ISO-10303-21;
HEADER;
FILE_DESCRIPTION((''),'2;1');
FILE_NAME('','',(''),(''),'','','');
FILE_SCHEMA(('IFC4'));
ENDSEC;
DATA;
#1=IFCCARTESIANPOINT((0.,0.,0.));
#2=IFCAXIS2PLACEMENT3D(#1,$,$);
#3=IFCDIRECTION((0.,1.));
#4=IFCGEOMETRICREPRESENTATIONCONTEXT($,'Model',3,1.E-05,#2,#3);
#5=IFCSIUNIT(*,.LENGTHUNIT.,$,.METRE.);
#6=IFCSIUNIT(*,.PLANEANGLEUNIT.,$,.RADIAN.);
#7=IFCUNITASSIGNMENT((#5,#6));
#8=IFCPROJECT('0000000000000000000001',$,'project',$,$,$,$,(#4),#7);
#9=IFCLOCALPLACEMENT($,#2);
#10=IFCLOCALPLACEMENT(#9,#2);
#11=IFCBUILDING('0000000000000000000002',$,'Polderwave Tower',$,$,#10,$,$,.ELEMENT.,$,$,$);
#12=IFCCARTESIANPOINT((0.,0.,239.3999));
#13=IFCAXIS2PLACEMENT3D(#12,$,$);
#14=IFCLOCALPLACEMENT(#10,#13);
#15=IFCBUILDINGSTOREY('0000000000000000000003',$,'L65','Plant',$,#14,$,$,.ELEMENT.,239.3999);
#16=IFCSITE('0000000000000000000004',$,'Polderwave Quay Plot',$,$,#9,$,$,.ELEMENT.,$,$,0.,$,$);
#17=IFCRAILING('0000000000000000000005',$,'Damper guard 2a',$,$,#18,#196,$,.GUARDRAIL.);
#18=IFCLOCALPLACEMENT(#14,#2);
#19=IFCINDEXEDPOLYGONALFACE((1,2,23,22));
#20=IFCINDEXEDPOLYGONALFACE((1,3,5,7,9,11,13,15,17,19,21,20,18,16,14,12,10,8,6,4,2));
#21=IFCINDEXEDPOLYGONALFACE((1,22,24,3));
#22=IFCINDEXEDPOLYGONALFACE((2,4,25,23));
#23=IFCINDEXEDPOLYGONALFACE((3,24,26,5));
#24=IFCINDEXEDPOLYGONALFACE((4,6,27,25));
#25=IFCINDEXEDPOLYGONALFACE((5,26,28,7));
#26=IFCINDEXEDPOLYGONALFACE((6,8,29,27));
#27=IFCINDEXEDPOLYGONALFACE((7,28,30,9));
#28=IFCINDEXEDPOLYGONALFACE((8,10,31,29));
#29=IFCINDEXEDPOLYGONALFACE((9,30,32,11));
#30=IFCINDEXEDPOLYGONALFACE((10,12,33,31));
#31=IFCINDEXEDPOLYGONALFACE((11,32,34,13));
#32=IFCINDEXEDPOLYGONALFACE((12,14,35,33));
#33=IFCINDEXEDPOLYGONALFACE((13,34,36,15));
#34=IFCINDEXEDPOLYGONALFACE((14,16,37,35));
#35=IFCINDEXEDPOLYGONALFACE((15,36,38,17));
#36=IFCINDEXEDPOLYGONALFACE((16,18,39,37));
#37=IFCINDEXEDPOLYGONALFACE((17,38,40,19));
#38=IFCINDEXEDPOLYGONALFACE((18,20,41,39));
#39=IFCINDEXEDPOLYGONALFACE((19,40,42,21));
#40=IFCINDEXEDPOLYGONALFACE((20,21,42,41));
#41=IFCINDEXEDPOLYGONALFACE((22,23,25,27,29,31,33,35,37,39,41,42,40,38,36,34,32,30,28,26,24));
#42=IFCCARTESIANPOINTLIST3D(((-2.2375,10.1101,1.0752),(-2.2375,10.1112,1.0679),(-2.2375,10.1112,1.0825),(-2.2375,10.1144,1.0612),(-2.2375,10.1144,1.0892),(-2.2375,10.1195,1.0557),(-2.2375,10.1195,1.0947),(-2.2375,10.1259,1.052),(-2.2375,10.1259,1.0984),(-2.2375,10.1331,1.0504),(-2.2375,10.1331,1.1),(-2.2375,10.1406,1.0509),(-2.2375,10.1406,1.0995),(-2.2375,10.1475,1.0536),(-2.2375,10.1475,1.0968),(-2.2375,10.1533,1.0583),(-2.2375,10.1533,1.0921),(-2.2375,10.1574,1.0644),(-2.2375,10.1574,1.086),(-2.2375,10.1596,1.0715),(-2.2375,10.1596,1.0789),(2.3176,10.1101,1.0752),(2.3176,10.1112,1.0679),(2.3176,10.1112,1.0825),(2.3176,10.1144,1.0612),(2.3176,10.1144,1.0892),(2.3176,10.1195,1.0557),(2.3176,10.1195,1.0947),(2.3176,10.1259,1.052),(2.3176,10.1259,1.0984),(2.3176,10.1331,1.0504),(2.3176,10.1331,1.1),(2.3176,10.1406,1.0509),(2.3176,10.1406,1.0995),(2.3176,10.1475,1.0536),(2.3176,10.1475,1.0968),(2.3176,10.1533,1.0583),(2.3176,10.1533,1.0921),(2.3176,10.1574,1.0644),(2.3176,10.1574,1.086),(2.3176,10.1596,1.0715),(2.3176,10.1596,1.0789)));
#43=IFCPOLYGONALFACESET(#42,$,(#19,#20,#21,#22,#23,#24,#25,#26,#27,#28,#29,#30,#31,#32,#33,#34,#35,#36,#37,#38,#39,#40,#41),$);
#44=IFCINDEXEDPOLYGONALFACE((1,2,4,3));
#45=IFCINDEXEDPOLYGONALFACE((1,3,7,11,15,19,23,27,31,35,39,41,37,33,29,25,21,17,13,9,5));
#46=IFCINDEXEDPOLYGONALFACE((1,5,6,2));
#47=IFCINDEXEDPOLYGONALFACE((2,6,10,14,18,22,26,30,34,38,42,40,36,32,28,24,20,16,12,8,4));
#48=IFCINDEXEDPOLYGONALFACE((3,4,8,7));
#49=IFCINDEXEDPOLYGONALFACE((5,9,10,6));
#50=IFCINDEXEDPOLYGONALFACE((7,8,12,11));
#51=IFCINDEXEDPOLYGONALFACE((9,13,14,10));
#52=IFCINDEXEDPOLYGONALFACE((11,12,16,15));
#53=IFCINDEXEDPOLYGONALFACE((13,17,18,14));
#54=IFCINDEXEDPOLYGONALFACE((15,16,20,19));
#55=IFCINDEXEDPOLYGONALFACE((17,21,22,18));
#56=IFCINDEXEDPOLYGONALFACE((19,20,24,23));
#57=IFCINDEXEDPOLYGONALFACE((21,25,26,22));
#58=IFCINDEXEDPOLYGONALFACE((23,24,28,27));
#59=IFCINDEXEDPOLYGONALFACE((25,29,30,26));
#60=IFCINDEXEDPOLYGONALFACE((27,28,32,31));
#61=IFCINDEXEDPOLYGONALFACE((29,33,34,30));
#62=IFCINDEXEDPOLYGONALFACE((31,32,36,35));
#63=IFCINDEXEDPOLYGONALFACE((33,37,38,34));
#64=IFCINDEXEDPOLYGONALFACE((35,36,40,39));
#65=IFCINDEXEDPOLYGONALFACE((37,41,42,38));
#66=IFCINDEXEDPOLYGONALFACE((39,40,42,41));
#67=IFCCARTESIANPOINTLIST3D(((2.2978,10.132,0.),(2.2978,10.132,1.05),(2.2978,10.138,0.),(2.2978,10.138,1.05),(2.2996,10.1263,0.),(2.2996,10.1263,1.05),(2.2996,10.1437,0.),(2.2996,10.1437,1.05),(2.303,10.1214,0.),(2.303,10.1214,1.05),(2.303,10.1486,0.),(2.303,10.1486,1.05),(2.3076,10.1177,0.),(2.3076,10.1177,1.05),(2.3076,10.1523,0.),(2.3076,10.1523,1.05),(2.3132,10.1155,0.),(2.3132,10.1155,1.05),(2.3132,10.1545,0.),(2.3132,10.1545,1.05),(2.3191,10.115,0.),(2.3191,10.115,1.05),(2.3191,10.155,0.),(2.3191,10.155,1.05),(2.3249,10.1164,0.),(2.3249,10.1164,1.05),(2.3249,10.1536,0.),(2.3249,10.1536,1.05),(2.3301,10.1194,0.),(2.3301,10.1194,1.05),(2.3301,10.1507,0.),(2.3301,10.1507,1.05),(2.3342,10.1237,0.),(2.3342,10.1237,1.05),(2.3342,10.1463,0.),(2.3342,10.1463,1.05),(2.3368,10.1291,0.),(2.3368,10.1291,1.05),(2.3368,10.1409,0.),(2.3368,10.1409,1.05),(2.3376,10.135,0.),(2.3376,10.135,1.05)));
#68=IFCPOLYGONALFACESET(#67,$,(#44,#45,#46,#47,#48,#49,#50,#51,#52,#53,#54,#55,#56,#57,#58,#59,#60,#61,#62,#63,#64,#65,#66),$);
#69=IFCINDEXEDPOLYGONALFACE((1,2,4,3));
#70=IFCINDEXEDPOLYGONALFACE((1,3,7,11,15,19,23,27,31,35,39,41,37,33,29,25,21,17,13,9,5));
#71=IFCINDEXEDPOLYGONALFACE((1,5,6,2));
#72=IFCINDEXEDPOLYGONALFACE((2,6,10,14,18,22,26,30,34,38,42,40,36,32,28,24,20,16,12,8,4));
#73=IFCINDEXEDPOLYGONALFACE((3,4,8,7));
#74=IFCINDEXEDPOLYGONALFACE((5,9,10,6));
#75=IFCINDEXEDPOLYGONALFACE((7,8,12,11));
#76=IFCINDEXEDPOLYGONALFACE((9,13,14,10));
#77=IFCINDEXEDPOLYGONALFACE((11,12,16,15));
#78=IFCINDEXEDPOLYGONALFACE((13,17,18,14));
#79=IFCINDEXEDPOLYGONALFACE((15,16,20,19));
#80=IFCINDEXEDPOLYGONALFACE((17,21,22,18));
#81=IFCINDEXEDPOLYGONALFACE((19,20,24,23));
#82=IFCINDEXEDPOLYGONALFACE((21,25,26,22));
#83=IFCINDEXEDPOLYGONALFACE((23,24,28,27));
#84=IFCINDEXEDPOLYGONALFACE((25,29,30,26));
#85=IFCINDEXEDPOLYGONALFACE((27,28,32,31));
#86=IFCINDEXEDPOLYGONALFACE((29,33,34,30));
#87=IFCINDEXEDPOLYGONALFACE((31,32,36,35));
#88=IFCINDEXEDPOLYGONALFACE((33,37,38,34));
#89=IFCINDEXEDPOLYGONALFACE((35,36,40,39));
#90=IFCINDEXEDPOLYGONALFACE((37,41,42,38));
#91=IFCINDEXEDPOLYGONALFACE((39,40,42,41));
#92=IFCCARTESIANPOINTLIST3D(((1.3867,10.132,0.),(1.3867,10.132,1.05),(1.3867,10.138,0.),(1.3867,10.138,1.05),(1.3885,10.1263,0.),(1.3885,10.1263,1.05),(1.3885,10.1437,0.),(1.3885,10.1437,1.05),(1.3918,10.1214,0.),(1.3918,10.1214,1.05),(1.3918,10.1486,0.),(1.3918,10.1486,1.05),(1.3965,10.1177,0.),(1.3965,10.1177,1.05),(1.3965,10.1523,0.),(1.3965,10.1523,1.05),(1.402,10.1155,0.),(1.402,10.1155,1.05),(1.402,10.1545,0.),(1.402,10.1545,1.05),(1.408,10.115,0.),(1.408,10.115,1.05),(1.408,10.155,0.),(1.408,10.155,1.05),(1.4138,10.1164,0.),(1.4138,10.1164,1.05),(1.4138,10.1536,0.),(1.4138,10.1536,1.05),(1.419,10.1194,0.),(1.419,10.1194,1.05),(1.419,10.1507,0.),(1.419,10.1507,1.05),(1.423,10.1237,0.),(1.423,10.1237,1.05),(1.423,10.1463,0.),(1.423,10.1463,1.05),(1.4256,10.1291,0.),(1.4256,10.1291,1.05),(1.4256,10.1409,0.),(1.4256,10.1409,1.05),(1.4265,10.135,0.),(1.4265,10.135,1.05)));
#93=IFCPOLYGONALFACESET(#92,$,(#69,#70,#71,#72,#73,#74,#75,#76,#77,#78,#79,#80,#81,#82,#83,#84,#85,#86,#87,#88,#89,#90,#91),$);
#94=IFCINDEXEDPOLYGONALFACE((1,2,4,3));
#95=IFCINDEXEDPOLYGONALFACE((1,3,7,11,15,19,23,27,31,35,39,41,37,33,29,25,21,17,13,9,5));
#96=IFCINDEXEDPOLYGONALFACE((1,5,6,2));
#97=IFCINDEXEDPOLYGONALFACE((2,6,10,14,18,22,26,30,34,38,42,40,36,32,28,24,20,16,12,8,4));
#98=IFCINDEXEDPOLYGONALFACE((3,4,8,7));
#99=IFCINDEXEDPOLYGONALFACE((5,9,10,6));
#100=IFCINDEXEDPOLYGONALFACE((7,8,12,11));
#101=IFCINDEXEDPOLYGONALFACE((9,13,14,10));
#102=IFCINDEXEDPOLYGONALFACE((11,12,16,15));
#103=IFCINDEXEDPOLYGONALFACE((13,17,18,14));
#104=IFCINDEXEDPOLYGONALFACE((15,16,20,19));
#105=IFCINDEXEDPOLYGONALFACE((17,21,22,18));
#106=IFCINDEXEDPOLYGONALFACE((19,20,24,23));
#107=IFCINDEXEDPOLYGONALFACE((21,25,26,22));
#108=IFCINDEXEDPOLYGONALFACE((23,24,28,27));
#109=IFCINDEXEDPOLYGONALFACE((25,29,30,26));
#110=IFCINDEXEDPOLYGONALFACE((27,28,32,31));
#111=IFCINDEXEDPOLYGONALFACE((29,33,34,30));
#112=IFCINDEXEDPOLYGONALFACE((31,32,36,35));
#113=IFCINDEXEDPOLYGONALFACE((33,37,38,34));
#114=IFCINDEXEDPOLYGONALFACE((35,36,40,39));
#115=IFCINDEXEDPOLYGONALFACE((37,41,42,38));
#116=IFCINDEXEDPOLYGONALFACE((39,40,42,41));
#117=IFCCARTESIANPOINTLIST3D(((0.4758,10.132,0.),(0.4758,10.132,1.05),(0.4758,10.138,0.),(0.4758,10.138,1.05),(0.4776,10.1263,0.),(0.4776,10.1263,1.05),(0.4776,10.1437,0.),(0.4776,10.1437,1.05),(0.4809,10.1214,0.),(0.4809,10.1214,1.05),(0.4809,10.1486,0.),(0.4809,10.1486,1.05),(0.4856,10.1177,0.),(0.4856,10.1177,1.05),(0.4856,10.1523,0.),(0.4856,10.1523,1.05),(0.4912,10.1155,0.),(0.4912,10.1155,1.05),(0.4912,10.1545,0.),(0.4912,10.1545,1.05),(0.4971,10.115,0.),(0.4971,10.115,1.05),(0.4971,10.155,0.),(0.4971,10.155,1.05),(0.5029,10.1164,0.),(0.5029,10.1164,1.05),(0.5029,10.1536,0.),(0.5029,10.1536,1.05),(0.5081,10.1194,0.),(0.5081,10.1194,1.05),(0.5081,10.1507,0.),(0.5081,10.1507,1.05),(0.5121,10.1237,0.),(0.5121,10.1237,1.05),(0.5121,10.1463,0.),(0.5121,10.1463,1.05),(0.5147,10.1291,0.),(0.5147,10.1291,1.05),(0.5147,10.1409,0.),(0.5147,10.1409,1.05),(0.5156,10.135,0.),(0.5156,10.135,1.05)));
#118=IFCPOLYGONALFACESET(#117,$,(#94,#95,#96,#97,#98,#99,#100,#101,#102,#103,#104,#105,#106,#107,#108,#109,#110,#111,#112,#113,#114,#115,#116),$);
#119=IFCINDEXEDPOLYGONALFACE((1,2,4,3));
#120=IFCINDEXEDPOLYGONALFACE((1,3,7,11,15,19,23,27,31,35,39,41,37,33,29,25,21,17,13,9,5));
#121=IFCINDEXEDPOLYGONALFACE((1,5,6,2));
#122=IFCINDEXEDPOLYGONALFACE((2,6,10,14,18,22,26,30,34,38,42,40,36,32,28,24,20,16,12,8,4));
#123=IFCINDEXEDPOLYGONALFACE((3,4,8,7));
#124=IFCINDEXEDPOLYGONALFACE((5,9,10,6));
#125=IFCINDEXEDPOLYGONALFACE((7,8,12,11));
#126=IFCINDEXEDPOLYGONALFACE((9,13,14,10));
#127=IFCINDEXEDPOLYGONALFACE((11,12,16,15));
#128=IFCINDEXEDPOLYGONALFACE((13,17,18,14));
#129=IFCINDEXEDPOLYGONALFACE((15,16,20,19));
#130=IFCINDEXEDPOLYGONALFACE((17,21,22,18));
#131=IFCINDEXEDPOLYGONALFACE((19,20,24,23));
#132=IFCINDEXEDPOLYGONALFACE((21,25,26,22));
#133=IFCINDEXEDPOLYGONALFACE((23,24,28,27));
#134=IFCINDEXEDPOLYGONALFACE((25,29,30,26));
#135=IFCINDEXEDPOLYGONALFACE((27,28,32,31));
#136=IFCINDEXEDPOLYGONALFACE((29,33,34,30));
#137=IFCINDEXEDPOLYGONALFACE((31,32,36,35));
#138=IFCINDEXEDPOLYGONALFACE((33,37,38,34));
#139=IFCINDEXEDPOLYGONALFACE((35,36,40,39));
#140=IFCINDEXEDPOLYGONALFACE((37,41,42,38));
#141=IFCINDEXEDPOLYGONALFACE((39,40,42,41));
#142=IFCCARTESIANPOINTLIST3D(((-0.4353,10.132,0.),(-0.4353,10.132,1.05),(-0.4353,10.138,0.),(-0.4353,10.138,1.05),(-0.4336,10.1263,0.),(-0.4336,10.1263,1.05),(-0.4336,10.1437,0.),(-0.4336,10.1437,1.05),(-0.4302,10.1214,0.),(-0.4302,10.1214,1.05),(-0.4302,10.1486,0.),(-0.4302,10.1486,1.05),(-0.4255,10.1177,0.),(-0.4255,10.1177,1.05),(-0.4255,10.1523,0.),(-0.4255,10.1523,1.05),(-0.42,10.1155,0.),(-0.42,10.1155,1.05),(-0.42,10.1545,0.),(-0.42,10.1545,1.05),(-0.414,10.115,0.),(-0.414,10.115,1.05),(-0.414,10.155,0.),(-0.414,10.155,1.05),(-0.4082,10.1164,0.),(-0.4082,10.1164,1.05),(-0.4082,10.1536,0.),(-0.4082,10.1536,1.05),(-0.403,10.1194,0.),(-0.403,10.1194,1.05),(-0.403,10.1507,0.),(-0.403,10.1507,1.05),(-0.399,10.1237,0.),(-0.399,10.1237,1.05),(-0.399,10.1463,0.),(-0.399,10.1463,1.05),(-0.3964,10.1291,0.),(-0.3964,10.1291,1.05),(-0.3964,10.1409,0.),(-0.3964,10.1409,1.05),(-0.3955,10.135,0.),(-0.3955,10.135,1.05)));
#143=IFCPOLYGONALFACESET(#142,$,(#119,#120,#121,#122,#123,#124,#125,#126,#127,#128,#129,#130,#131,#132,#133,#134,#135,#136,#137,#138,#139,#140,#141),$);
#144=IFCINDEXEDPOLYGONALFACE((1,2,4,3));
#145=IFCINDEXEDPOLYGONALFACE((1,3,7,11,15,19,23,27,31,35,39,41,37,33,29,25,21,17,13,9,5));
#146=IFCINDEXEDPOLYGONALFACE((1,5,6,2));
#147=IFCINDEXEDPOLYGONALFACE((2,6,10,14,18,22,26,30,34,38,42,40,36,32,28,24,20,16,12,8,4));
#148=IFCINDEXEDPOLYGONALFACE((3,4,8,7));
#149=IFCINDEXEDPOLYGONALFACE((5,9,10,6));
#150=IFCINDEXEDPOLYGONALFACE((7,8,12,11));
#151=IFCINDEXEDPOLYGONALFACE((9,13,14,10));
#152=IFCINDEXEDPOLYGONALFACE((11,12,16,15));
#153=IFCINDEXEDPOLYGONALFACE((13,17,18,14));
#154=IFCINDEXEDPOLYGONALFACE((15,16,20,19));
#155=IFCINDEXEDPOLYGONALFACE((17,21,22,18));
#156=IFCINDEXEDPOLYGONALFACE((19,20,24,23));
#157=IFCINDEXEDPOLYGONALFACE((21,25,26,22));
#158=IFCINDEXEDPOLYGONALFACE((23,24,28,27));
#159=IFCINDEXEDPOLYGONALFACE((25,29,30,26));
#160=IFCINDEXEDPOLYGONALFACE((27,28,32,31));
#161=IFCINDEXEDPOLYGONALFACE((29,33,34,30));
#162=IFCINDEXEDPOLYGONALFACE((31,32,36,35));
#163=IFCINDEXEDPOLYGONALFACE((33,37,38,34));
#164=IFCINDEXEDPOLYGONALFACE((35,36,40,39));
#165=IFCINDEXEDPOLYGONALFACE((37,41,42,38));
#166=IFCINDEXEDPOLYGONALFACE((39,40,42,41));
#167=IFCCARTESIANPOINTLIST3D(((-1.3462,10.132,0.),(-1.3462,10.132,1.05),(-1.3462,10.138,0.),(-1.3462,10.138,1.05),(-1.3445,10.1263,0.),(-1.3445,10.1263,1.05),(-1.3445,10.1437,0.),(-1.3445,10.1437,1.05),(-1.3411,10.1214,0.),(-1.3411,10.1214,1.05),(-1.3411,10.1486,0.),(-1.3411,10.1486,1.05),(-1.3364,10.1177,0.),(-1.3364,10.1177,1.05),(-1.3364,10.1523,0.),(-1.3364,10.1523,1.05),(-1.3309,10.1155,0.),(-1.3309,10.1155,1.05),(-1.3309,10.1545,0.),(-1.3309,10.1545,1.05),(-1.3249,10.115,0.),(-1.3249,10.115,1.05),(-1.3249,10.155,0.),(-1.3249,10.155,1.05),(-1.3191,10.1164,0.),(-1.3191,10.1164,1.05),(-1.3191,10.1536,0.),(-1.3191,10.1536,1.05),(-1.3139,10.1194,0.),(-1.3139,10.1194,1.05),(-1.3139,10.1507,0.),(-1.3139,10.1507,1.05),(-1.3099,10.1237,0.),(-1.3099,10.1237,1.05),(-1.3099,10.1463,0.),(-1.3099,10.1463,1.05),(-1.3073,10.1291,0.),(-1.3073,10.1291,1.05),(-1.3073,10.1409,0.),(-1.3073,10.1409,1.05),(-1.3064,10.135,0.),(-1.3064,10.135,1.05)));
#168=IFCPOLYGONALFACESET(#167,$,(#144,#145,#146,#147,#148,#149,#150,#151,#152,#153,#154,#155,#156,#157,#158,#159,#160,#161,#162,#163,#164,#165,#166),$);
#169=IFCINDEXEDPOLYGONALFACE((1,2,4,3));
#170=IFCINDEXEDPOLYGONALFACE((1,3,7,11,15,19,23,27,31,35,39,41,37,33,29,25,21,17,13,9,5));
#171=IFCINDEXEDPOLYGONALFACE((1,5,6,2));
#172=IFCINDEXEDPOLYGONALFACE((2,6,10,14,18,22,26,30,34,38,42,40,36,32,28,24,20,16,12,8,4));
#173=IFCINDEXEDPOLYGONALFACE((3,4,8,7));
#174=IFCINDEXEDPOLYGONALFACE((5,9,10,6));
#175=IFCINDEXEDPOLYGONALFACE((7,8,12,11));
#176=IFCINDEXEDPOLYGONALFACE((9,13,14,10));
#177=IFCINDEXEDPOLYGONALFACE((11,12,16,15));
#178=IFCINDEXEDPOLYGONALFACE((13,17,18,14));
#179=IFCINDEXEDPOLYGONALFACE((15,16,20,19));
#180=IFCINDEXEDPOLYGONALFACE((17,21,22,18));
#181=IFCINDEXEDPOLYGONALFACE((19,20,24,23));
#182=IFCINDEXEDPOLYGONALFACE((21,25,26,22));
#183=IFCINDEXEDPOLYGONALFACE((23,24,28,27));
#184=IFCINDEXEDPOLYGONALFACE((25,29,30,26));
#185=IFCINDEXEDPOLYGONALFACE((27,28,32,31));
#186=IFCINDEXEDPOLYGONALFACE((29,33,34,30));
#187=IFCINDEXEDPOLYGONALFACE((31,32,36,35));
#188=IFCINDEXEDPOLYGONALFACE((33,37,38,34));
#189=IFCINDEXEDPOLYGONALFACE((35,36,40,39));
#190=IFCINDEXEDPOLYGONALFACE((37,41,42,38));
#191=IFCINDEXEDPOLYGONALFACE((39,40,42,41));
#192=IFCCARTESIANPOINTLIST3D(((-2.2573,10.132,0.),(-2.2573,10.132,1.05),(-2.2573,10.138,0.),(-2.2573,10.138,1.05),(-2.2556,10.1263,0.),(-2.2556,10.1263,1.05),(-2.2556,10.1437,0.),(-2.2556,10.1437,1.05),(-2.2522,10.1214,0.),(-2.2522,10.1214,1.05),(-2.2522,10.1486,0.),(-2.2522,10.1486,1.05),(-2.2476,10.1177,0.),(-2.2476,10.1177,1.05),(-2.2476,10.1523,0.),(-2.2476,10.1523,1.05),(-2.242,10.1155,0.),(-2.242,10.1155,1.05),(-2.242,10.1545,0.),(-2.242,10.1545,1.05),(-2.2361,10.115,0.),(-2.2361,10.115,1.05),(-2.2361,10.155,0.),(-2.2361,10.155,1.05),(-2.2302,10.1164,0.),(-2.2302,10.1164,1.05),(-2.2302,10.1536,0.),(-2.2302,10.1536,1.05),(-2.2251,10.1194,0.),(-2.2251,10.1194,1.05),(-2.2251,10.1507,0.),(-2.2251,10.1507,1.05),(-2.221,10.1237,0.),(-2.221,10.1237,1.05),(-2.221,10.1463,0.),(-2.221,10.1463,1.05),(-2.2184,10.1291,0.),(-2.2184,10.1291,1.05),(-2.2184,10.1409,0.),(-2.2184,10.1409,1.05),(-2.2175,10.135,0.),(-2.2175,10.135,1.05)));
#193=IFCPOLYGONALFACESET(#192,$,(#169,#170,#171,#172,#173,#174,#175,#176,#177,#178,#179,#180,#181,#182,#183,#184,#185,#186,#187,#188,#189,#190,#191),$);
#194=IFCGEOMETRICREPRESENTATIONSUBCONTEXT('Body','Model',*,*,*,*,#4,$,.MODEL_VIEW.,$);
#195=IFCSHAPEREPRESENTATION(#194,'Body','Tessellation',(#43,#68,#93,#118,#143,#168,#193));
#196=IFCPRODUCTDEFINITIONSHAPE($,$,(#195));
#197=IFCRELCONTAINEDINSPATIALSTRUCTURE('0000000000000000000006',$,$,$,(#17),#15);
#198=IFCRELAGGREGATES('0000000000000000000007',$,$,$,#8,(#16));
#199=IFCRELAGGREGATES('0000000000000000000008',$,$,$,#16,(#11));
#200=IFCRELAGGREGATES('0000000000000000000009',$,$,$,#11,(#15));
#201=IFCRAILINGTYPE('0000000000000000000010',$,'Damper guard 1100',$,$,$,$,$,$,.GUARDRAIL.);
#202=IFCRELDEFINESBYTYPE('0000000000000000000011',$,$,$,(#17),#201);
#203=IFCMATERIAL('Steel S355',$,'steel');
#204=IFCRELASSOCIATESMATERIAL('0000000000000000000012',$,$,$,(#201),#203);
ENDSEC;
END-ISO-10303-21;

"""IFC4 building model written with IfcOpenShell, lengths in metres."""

from ifc_helpers import new_model, si_unit, direction, frame, origin, origin_2d, place, context, subcontext, project, spatial, circle, extrude, material, type_object, element, save


model = new_model("IFC4")

# Units and contexts
model_context = context("Model", 3, precision=1e-05, world=origin(), true_north=direction((0.0, 1.0)))
body_context = subcontext(model_context, "Body", "Model", "MODEL_VIEW")
ifc_project = project(units=[si_unit("LENGTHUNIT", "METRE"), si_unit("PLANEANGLEUNIT", "RADIAN")], contexts=[model_context])

# Site, building, storey
site_placement = place(None, origin())
site = spatial("IfcSite", under=ifc_project, at=site_placement, Name="Polderwave Quay Plot", CompositionType="ELEMENT", RefElevation=0.0)
building_placement = place(site_placement, origin())
building = spatial("IfcBuilding", under=site, at=building_placement, Name="Polderwave Tower", CompositionType="ELEMENT")
storey_placement = place(building_placement, frame((0.0, 0.0, 239.3999)))
storey = spatial("IfcBuildingStorey", under=building, at=storey_placement, Name="L65", Description="Plant", CompositionType="ELEMENT", Elevation=239.3999)

# Shared definitions
ifc_material_1 = material(Name="Steel S355", Category="steel")

# Railing
railing_type = type_object("IfcRailingType", Name="Damper guard 1100", PredefinedType="GUARDRAIL", material=ifc_material_1)
railing_1_placement = place(storey_placement, frame((2.3176, 10.135, 0.0)))
element("IfcRailing", 1, at=railing_1_placement, inside=storey, type_object=railing_type, Name="Damper guard 2a", PredefinedType="GUARDRAIL", context=body_context, shape_type="SweptSolid", body=[
    extrude(circle(Radius=0.0249, at=origin_2d()), frame((0.0, 0.0, 1.0752), z_axis=(-1.0, 0.0, 0.0), x_axis=(0.0, -1.0, 0.0)), (0.0, 0.0, 1.0), 4.5552),
    extrude(circle(Radius=0.02, at=origin_2d()), origin(), (0.0, 0.0, 1.0), 1.05),
    extrude(circle(Radius=0.02, at=origin_2d()), frame((-0.9111, 0.0, 0.0)), (0.0, 0.0, 1.0), 1.05),
    extrude(circle(Radius=0.02, at=origin_2d()), frame((-1.822, 0.0, 0.0)), (0.0, 0.0, 1.0), 1.05),
    extrude(circle(Radius=0.02, at=origin_2d()), frame((-2.7332, 0.0, 0.0)), (0.0, 0.0, 1.0), 1.05),
    extrude(circle(Radius=0.02, at=origin_2d()), frame((-3.644, 0.0, 0.0)), (0.0, 0.0, 1.0), 1.05),
    extrude(circle(Radius=0.02, at=origin_2d()), frame((-4.5552, 0.0, 0.0)), (0.0, 0.0, 1.0), 1.05),
])

save(model, "model.ifc")
